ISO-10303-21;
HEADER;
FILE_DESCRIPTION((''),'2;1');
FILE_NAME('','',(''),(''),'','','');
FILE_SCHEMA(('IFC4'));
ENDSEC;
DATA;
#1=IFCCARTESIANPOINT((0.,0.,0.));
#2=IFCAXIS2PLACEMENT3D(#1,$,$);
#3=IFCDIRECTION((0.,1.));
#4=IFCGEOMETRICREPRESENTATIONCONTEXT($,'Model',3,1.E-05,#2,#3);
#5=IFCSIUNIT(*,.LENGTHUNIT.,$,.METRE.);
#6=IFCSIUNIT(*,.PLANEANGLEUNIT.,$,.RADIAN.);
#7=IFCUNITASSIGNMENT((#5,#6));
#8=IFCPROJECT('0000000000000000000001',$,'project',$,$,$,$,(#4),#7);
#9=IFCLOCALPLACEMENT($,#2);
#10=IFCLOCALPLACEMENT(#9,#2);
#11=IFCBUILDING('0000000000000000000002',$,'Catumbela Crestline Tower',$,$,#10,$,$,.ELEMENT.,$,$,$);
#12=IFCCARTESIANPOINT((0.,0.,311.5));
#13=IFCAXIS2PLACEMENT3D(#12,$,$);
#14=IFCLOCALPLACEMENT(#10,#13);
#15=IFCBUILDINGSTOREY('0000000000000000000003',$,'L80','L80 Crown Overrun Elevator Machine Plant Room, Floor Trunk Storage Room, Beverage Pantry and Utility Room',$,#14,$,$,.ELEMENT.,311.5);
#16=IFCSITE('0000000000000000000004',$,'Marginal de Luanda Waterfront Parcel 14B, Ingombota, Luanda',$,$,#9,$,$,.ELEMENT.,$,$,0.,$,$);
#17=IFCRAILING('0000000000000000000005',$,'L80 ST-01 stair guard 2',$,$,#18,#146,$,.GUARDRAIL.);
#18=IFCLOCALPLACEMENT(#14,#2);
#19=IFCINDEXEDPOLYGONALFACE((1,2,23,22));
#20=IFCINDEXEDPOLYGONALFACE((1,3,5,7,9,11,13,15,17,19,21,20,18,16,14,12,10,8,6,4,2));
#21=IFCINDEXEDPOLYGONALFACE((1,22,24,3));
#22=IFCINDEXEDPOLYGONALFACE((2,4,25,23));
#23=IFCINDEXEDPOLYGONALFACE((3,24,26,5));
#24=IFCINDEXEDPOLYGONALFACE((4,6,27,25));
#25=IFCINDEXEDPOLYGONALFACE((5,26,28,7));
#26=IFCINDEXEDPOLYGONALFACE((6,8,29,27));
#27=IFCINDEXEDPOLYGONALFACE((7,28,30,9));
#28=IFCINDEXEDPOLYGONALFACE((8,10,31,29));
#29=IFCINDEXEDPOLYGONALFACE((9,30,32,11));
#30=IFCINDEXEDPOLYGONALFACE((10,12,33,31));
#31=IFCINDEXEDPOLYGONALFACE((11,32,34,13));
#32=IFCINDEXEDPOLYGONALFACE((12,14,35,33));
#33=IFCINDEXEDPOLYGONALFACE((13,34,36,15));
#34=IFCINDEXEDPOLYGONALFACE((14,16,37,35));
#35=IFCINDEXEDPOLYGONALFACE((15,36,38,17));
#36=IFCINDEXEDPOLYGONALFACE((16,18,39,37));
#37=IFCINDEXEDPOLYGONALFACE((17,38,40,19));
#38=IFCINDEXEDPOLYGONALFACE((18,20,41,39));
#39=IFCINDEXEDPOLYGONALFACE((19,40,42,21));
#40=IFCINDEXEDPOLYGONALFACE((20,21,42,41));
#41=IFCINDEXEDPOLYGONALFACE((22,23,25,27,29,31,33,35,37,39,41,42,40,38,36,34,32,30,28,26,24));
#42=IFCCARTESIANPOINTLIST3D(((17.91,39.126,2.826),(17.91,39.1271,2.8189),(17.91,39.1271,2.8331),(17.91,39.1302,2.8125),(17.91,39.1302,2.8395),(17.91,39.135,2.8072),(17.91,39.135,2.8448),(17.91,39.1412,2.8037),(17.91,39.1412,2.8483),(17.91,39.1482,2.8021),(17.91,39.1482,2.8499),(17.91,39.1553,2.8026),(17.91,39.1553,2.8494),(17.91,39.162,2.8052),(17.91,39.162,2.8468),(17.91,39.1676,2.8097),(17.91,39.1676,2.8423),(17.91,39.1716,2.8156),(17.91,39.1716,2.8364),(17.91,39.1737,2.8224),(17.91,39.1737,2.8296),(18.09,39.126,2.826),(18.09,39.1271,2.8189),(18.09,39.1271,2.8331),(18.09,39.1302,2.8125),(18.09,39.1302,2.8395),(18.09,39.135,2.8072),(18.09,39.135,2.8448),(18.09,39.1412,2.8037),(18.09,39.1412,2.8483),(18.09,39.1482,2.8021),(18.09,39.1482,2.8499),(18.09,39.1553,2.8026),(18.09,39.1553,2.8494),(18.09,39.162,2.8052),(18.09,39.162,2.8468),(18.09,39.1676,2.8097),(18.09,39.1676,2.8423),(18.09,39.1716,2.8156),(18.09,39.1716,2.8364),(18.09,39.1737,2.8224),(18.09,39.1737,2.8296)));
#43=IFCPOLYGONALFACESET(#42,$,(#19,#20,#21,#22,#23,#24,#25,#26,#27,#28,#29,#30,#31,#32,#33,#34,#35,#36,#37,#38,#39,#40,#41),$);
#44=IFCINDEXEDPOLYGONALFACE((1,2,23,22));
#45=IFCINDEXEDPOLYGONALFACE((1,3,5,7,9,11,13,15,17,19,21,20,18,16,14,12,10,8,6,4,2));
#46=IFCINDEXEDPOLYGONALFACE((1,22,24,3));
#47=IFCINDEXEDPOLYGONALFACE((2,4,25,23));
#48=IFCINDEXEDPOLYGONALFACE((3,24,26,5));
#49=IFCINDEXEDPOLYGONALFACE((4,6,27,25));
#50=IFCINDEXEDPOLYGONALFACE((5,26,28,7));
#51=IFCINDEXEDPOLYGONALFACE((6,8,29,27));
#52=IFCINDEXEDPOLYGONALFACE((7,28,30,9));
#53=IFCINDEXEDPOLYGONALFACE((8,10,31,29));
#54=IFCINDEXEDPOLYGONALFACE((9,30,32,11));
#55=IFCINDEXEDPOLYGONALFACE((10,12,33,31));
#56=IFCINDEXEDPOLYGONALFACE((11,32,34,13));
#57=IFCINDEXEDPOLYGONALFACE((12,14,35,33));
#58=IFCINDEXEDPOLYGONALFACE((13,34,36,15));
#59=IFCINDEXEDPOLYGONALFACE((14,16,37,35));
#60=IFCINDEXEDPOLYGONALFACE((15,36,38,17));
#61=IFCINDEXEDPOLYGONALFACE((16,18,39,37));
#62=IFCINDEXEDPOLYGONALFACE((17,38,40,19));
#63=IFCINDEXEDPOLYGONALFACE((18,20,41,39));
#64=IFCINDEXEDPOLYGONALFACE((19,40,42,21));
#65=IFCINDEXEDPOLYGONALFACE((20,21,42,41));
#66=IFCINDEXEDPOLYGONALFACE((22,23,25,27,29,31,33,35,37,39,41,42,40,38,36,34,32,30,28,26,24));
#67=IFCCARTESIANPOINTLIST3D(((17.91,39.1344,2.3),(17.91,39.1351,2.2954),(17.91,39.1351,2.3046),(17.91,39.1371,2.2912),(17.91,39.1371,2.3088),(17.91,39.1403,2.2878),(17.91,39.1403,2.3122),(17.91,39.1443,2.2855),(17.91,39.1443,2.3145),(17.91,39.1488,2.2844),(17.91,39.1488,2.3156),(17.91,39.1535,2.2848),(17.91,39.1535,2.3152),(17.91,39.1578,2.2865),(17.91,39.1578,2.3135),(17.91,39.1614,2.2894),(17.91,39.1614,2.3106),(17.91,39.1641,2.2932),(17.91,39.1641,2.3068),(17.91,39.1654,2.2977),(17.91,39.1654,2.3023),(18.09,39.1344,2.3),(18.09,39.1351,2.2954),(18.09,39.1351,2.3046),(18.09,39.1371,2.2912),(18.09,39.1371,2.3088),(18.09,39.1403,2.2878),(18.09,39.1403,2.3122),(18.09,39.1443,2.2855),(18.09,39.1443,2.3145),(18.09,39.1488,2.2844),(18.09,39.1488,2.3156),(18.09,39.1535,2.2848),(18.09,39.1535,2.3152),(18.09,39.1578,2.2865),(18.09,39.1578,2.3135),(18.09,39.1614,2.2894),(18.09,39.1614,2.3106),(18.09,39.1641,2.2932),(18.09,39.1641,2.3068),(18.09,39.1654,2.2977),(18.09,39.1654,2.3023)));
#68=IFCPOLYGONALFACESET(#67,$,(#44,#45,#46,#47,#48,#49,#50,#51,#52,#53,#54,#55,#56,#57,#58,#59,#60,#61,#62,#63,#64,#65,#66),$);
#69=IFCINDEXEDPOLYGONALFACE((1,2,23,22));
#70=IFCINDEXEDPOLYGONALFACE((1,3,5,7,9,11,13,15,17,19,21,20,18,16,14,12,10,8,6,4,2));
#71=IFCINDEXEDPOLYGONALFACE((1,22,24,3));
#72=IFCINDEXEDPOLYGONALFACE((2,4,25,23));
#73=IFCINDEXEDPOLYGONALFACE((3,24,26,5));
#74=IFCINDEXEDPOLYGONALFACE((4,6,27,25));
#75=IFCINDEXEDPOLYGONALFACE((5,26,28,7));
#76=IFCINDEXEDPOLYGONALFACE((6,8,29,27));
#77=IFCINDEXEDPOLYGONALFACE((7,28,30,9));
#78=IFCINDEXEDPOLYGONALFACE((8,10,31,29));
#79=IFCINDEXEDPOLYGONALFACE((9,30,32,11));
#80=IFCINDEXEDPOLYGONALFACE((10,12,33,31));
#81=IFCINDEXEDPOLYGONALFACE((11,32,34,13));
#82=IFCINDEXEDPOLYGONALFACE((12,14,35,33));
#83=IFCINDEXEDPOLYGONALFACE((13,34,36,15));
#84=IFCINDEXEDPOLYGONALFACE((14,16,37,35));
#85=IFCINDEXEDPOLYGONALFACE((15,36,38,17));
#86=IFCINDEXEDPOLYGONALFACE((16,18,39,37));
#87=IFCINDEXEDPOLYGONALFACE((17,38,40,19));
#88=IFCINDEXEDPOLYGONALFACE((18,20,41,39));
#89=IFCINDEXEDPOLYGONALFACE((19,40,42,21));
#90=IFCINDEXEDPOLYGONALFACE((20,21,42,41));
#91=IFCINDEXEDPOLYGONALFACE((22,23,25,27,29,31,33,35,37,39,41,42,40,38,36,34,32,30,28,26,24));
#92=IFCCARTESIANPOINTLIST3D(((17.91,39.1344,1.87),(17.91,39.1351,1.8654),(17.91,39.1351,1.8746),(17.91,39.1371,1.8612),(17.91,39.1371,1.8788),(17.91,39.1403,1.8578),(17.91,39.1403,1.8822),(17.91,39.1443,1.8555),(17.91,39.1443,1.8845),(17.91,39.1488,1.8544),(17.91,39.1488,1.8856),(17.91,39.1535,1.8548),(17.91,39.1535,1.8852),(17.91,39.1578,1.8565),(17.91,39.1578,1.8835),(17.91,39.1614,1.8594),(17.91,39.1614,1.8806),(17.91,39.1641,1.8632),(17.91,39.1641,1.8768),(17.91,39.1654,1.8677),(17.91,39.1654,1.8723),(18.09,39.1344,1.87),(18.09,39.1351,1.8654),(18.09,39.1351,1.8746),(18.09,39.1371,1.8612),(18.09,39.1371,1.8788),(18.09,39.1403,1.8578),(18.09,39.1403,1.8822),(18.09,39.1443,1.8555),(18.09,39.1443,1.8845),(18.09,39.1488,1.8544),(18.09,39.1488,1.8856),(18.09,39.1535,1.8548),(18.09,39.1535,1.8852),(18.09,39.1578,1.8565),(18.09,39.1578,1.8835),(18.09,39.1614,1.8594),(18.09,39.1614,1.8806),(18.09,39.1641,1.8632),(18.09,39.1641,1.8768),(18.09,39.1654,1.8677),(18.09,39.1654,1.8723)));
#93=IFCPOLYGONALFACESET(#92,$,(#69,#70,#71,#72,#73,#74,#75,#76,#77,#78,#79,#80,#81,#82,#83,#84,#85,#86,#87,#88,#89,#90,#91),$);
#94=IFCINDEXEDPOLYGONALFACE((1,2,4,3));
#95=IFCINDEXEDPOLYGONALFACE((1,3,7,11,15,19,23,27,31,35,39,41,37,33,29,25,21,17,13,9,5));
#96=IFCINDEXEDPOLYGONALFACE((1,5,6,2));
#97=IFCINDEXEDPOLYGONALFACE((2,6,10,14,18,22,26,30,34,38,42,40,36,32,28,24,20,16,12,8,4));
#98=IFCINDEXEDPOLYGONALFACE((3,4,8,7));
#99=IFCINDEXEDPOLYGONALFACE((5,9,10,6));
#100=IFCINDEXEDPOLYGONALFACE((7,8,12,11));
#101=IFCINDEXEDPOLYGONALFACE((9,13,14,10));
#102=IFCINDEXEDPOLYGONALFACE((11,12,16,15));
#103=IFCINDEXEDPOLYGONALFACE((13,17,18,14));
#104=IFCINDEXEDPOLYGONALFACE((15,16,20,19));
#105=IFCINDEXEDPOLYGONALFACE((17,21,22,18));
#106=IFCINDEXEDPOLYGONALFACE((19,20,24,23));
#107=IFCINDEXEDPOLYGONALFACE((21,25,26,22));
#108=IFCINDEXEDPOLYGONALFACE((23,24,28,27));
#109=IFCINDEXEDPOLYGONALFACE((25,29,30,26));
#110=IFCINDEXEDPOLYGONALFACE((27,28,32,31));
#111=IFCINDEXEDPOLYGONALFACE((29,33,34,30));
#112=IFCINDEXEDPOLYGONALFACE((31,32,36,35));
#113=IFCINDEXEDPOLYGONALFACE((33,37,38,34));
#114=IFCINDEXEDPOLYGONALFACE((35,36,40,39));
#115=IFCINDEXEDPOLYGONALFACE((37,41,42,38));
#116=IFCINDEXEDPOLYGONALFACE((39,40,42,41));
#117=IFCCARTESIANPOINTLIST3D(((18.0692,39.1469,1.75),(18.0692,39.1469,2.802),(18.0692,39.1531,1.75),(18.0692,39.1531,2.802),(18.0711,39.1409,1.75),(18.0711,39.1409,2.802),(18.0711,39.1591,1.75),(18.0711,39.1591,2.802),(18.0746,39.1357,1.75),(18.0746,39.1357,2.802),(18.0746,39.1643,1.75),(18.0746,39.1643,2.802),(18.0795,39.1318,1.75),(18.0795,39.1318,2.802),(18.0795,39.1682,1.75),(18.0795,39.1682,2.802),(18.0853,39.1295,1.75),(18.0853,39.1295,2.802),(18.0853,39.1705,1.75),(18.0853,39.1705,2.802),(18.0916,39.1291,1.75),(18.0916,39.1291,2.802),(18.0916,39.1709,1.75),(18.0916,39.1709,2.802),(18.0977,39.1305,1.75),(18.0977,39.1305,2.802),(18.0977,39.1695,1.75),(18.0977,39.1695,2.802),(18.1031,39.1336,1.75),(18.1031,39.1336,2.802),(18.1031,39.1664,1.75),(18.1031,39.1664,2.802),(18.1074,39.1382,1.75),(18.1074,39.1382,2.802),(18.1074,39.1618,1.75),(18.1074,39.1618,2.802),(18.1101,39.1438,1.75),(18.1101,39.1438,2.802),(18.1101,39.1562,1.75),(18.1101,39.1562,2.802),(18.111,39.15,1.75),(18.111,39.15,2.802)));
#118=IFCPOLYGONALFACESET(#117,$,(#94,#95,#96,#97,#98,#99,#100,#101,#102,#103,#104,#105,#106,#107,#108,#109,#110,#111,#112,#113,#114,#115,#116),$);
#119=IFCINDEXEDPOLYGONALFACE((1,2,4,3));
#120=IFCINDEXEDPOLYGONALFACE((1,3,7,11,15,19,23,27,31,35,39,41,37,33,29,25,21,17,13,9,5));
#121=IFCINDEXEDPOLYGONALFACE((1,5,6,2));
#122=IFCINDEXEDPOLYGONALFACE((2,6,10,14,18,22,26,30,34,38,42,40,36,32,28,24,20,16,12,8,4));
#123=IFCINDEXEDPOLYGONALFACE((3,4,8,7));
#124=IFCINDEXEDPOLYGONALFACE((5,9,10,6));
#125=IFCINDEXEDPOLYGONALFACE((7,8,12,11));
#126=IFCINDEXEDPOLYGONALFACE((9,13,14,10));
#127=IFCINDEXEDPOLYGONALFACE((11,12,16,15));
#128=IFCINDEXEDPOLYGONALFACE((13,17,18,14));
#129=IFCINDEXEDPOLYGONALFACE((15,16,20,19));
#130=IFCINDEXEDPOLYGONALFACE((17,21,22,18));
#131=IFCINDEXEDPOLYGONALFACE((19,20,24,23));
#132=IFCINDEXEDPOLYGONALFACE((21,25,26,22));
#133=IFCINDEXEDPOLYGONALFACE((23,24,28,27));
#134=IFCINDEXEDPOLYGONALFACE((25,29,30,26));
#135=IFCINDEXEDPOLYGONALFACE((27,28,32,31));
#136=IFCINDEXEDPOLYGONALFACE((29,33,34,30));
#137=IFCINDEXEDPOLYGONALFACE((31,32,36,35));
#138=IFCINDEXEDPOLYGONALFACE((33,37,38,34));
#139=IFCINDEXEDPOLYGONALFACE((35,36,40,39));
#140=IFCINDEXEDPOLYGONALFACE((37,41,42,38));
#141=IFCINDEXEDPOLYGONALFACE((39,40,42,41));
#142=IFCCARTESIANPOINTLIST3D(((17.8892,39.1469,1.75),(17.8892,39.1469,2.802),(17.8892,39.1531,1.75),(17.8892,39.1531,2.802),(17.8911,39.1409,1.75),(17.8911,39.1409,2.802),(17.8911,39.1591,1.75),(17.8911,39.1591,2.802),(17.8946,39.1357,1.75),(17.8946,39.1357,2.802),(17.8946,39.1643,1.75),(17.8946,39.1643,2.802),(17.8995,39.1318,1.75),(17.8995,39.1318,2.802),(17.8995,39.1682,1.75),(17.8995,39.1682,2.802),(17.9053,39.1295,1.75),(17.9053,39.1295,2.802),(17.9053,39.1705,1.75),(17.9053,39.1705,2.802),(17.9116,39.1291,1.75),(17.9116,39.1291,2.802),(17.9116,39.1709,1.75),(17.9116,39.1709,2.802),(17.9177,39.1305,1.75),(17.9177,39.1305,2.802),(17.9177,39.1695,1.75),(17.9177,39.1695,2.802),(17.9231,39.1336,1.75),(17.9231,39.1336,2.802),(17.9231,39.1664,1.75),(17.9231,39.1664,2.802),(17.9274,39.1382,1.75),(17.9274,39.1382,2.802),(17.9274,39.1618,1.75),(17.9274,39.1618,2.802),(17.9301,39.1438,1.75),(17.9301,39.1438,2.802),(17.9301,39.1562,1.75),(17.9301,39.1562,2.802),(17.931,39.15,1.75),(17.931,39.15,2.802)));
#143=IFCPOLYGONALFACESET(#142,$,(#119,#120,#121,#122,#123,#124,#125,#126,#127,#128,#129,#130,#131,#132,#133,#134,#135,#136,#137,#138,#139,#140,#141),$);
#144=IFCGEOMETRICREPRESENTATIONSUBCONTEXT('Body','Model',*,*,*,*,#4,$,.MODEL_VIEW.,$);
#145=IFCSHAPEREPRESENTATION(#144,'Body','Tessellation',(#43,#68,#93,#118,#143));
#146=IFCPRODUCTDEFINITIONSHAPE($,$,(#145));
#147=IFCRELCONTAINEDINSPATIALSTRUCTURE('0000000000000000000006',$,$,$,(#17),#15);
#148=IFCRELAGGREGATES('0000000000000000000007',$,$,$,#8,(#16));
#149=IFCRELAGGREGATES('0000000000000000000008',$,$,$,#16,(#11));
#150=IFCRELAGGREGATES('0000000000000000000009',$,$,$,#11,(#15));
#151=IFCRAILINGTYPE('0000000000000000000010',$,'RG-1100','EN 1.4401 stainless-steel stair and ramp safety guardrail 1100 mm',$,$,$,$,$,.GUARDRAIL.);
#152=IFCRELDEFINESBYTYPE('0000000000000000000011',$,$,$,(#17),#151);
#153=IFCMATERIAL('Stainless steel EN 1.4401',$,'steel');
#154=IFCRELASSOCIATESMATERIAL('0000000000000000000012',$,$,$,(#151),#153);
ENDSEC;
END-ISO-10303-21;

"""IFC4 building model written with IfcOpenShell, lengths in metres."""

from ifc_helpers import new_model, si_unit, direction, frame, origin, origin_2d, place, context, subcontext, project, spatial, circle, extrude, material, type_object, element, save


model = new_model("IFC4")

# Units and contexts
model_context = context("Model", 3, precision=1e-05, world=origin(), true_north=direction((0.0, 1.0)))
body_context = subcontext(model_context, "Body", "Model", "MODEL_VIEW")
ifc_project = project(units=[si_unit("LENGTHUNIT", "METRE"), si_unit("PLANEANGLEUNIT", "RADIAN")], contexts=[model_context])

# Site, building, storey
site_placement = place(None, origin())
site = spatial("IfcSite", under=ifc_project, at=site_placement, Name="Marginal de Luanda Waterfront Parcel 14B, Ingombota, Luanda", CompositionType="ELEMENT", RefElevation=0.0)
building_placement = place(site_placement, origin())
building = spatial("IfcBuilding", under=site, at=building_placement, Name="Catumbela Crestline Tower", CompositionType="ELEMENT")
storey_placement = place(building_placement, frame((0.0, 0.0, 311.5)))
storey = spatial("IfcBuildingStorey", under=building, at=storey_placement, Name="L80", Description="L80 Crown Overrun Elevator Machine Plant Room, Floor Trunk Storage Room, Beverage Pantry and Utility Room", CompositionType="ELEMENT", Elevation=311.5)

# Shared definitions
ifc_material_1 = material(Name="Stainless steel EN 1.4401", Category="steel")

# Railing
railing_type_1 = type_object("IfcRailingType", Name="RG-1100", Description="EN 1.4401 stainless-steel stair and ramp safety guardrail 1100 mm", PredefinedType="GUARDRAIL", material=ifc_material_1)
railing_1_placement = place(storey_placement, frame((18.09, 39.15, 1.75)))
element("IfcRailing", 1, at=railing_1_placement, inside=storey, type_object=railing_type_1, Name="L80 ST-01 stair guard 2", PredefinedType="GUARDRAIL", context=body_context, shape_type="SweptSolid", body=[
    extrude(circle(Radius=0.024, at=origin_2d()), frame((0.0, 0.0, 1.076), z_axis=(-1.0, 0.0, 0.0), x_axis=(0.0, -1.0, 0.0)), (0.0, 0.0, 1.0), 0.18),
    extrude(circle(Radius=0.0156, at=origin_2d()), frame((0.0, 0.0, 0.55), z_axis=(-1.0, 0.0, 0.0), x_axis=(0.0, -1.0, 0.0)), (0.0, 0.0, 1.0), 0.18),
    extrude(circle(Radius=0.0156, at=origin_2d()), frame((0.0, 0.0, 0.12), z_axis=(-1.0, 0.0, 0.0), x_axis=(0.0, -1.0, 0.0)), (0.0, 0.0, 1.0), 0.18),
    extrude(circle(Radius=0.021, at=origin_2d()), origin(), (0.0, 0.0, 1.0), 1.052),
    extrude(circle(Radius=0.021, at=origin_2d()), frame((-0.18, 0.0, 0.0)), (0.0, 0.0, 1.0), 1.052),
])

save(model, "model.ifc")
